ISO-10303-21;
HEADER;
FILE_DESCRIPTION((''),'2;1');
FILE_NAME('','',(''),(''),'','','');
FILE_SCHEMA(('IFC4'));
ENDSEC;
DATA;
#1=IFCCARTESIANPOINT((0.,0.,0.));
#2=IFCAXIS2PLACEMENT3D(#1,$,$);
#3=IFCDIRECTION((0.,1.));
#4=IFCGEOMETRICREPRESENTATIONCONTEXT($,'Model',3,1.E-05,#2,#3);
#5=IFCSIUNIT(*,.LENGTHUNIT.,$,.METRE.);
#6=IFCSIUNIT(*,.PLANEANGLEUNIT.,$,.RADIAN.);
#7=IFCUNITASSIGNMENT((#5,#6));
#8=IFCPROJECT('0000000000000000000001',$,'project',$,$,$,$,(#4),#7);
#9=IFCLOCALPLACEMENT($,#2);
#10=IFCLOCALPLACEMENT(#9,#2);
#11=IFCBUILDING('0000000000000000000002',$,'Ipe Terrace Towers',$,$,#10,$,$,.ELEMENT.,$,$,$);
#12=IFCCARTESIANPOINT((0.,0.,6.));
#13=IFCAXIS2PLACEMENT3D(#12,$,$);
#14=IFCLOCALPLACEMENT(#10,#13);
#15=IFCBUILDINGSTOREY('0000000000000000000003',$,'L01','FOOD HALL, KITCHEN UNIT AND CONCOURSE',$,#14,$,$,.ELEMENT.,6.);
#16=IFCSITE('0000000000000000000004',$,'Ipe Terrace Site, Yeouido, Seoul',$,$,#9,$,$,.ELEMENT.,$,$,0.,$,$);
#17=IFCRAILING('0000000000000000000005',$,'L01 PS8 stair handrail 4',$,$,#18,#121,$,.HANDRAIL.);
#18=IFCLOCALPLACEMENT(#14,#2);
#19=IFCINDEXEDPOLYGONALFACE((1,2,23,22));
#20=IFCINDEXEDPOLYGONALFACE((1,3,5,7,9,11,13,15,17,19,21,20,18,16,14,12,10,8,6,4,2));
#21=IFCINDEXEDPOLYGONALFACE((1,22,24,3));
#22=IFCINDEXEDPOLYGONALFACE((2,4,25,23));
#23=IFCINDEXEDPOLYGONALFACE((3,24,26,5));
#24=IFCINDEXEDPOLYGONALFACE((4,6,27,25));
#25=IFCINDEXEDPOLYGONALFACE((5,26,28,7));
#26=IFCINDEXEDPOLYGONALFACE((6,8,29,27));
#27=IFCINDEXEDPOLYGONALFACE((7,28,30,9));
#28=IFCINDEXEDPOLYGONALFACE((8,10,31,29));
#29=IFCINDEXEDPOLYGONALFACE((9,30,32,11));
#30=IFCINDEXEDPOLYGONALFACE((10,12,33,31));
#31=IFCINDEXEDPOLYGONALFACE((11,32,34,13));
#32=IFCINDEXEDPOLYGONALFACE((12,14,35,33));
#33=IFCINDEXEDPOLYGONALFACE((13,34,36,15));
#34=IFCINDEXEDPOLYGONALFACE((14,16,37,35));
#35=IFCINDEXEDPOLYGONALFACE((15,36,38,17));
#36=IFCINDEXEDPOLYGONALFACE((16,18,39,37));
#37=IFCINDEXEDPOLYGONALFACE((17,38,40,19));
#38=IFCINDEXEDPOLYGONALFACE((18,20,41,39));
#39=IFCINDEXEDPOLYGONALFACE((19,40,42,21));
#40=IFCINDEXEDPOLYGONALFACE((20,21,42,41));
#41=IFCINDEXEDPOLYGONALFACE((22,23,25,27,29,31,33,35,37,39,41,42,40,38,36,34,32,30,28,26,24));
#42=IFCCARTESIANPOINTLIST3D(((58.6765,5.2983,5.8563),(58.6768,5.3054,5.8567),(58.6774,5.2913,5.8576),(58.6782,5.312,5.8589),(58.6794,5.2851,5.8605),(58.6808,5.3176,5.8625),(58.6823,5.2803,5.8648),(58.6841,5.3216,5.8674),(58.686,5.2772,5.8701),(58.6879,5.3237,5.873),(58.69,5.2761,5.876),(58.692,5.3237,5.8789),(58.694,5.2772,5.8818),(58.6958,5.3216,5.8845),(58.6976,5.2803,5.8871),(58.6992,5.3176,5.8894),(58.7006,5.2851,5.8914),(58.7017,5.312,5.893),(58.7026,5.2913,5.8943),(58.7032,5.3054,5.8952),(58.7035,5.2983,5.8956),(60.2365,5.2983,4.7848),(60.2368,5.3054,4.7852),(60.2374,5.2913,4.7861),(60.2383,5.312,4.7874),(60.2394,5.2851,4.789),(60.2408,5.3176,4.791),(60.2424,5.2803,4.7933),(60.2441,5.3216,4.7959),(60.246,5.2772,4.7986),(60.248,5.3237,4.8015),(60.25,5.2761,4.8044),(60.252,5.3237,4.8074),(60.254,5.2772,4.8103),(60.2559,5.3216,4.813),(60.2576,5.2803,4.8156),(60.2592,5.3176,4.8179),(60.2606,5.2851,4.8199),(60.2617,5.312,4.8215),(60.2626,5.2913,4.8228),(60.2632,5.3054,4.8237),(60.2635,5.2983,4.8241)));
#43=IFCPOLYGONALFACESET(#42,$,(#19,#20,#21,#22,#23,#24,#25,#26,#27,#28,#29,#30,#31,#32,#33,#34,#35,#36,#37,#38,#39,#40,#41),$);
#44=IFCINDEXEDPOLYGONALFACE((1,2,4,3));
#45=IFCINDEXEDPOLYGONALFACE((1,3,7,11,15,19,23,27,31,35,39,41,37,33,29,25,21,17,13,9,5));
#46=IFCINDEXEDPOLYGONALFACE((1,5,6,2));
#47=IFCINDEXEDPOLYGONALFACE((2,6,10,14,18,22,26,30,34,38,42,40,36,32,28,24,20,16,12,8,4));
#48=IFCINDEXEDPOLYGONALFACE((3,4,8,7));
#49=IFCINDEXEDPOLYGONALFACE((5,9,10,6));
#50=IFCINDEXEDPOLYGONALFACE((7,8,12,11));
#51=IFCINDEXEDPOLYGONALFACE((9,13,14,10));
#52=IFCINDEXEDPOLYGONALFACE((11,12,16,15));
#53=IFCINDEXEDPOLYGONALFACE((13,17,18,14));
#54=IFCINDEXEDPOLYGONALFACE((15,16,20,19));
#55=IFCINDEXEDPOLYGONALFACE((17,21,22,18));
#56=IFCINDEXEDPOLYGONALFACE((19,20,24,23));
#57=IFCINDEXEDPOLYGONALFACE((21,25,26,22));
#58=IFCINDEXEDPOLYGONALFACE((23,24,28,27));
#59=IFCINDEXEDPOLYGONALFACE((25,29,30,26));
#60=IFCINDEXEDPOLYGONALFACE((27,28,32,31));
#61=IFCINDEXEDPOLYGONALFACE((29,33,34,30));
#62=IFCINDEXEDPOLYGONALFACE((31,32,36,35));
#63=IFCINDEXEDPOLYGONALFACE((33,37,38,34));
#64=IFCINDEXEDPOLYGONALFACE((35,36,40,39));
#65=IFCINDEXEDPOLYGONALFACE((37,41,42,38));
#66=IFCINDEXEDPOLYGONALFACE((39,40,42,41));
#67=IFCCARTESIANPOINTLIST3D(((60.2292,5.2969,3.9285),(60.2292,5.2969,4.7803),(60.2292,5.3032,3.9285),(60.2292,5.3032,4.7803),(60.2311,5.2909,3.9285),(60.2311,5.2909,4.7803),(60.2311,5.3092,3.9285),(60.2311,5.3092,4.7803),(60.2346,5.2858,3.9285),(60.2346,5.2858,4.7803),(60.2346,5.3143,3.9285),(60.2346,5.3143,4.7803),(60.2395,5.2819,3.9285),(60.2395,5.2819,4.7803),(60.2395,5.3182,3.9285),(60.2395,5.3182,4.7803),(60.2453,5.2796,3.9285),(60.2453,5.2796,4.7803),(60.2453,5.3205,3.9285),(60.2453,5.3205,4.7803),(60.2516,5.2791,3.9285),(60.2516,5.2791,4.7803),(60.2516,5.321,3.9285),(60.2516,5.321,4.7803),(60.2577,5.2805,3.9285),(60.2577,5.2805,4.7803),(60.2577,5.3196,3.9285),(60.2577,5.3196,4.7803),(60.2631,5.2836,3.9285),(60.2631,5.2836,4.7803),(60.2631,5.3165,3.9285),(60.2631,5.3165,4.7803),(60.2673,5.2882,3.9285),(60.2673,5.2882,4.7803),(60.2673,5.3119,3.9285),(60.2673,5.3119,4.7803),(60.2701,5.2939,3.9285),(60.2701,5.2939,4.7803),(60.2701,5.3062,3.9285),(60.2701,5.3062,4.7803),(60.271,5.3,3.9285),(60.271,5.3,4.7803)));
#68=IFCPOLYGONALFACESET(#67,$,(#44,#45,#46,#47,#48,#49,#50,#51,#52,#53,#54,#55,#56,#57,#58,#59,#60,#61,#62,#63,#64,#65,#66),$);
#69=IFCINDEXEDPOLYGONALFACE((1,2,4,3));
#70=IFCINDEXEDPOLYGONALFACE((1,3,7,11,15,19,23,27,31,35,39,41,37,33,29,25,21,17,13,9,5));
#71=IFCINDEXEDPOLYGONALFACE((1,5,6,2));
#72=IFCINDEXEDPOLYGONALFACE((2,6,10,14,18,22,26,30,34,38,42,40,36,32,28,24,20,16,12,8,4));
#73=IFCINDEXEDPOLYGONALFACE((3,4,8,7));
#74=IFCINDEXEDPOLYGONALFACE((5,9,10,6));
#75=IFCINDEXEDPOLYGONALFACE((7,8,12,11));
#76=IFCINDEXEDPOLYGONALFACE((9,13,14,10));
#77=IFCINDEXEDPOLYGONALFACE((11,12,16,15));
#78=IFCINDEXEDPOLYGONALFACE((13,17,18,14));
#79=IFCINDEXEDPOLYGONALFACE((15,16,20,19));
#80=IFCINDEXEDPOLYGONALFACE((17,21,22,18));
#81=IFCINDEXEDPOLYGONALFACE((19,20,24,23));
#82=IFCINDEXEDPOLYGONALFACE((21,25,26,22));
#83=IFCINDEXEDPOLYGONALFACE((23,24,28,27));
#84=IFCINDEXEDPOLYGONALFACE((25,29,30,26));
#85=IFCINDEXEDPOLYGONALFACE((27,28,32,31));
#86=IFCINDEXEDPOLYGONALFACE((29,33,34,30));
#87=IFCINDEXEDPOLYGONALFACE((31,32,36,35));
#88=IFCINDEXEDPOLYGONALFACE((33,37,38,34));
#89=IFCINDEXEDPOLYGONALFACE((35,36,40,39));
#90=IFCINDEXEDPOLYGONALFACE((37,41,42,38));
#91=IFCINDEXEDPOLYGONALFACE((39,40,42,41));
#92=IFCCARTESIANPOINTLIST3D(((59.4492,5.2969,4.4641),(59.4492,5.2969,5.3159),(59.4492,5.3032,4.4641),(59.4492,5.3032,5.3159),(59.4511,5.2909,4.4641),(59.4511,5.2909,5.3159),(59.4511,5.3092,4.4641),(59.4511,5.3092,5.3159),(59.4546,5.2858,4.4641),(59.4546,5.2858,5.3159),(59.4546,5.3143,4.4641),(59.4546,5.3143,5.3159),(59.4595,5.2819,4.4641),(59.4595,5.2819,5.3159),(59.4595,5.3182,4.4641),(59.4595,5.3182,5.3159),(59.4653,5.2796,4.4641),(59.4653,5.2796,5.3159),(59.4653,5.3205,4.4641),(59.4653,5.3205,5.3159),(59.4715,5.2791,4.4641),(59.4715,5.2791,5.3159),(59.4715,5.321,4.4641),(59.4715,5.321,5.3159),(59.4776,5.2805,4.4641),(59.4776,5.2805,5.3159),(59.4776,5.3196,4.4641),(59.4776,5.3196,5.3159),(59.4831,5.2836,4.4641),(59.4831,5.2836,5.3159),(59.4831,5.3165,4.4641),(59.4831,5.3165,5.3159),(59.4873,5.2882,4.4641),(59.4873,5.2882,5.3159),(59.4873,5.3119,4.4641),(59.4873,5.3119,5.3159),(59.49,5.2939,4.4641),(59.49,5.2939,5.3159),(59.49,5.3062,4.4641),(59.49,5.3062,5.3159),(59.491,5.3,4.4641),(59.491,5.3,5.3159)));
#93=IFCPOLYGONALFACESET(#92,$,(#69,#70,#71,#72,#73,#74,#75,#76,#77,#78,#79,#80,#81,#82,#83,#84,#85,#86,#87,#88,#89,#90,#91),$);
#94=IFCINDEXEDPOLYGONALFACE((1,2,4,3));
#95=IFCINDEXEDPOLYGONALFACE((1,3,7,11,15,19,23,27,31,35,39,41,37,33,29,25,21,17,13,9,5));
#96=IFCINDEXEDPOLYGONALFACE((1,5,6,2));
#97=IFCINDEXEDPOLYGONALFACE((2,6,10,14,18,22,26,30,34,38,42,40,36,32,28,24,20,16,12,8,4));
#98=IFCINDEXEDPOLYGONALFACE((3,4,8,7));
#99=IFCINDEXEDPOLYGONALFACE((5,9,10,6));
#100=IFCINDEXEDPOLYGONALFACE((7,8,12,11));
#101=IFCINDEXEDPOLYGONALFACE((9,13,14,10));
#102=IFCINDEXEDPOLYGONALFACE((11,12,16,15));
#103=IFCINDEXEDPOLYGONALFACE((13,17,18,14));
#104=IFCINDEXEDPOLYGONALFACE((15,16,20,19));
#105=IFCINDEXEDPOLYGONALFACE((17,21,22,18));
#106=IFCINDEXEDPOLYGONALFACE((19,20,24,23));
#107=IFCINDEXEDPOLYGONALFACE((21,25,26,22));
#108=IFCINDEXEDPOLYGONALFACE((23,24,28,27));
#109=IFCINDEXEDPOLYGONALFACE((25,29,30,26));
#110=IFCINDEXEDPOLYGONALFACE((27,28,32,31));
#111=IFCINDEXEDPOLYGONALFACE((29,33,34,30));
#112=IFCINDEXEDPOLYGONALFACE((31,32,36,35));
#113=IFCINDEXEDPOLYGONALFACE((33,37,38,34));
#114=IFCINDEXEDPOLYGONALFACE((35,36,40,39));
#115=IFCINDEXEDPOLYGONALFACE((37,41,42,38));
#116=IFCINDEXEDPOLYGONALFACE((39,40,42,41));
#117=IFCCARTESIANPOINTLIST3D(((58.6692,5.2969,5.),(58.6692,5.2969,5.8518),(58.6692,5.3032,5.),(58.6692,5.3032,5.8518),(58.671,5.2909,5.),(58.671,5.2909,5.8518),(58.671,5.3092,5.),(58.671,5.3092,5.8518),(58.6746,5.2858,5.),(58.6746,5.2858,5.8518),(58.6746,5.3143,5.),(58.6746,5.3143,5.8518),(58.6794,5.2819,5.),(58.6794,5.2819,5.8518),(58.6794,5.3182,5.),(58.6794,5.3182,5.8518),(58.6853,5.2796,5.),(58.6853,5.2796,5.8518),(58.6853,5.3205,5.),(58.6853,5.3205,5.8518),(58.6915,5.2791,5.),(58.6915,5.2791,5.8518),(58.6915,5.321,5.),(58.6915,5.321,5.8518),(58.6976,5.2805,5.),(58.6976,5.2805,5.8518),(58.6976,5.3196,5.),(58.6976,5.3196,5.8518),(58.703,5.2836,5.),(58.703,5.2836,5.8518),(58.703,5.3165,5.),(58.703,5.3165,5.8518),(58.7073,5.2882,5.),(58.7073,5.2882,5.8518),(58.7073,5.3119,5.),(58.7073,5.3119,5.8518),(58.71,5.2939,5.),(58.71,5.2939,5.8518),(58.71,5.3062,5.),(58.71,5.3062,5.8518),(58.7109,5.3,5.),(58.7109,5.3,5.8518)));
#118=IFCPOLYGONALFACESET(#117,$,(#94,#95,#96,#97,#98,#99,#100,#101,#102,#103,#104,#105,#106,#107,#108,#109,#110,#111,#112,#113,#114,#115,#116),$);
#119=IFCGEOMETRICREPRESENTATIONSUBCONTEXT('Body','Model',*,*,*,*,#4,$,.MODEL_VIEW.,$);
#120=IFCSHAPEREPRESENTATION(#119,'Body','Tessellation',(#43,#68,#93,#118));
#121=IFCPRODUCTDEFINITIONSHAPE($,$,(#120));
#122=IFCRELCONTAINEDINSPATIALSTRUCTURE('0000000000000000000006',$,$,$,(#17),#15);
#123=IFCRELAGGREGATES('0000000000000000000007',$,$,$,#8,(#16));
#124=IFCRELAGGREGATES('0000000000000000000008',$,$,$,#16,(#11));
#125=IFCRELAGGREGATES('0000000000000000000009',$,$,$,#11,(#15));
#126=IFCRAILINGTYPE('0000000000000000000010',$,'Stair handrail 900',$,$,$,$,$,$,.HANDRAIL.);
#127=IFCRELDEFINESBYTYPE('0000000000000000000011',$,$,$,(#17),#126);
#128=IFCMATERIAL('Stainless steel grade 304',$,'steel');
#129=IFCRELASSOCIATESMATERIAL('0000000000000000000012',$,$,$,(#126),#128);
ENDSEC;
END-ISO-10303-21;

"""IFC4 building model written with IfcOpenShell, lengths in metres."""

from ifc_helpers import new_model, si_unit, direction, frame, origin, origin_2d, place, context, subcontext, project, spatial, circle, extrude, material, type_object, element, save


model = new_model("IFC4")

# Units and contexts
model_context = context("Model", 3, precision=1e-05, world=origin(), true_north=direction((0.0, 1.0)))
body_context = subcontext(model_context, "Body", "Model", "MODEL_VIEW")
ifc_project = project(units=[si_unit("LENGTHUNIT", "METRE"), si_unit("PLANEANGLEUNIT", "RADIAN")], contexts=[model_context])

# Site, building, storey
site_placement = place(None, origin())
site = spatial("IfcSite", under=ifc_project, at=site_placement, Name="Ipe Terrace Site, Yeouido, Seoul", CompositionType="ELEMENT", RefElevation=0.0)
building_placement = place(site_placement, origin())
building = spatial("IfcBuilding", under=site, at=building_placement, Name="Ipe Terrace Towers", CompositionType="ELEMENT")
storey_placement = place(building_placement, frame((0.0, 0.0, 6.0)))
storey = spatial("IfcBuildingStorey", under=building, at=storey_placement, Name="L01", Description="FOOD HALL, KITCHEN UNIT AND CONCOURSE", CompositionType="ELEMENT", Elevation=6.0)

# Railing
ifc_material_1 = material(Name="Stainless steel grade 304", Category="steel")
railing_type_1 = type_object("IfcRailingType", Name="Stair handrail 900", PredefinedType="HANDRAIL", material=ifc_material_1)
railing_1_placement = place(storey_placement, frame((60.25, 5.3, 3.9285)))
element("IfcRailing", 1, at=railing_1_placement, inside=storey, type_object=railing_type_1, Name="L01 PS8 stair handrail 4", PredefinedType="HANDRAIL", context=body_context, shape_type="SweptSolid", body=[
    extrude(circle(Radius=0.0239, at=origin_2d()), frame((0.0, 0.0, 0.876), z_axis=(-0.82429, 0.0, 0.566167), x_axis=(0.0, -1.0, 0.0)), (0.0, 0.0, 1.0), 1.8926),
    extrude(circle(Radius=0.021, at=origin_2d()), origin(), (0.0, 0.0, 1.0), 0.8518),
    extrude(circle(Radius=0.021, at=origin_2d()), frame((-0.78, 0.0, 0.5356)), (0.0, 0.0, 1.0), 0.8518),
    extrude(circle(Radius=0.021, at=origin_2d()), frame((-1.5601, 0.0, 1.0715)), (0.0, 0.0, 1.0), 0.8518),
])

save(model, "model.ifc")
